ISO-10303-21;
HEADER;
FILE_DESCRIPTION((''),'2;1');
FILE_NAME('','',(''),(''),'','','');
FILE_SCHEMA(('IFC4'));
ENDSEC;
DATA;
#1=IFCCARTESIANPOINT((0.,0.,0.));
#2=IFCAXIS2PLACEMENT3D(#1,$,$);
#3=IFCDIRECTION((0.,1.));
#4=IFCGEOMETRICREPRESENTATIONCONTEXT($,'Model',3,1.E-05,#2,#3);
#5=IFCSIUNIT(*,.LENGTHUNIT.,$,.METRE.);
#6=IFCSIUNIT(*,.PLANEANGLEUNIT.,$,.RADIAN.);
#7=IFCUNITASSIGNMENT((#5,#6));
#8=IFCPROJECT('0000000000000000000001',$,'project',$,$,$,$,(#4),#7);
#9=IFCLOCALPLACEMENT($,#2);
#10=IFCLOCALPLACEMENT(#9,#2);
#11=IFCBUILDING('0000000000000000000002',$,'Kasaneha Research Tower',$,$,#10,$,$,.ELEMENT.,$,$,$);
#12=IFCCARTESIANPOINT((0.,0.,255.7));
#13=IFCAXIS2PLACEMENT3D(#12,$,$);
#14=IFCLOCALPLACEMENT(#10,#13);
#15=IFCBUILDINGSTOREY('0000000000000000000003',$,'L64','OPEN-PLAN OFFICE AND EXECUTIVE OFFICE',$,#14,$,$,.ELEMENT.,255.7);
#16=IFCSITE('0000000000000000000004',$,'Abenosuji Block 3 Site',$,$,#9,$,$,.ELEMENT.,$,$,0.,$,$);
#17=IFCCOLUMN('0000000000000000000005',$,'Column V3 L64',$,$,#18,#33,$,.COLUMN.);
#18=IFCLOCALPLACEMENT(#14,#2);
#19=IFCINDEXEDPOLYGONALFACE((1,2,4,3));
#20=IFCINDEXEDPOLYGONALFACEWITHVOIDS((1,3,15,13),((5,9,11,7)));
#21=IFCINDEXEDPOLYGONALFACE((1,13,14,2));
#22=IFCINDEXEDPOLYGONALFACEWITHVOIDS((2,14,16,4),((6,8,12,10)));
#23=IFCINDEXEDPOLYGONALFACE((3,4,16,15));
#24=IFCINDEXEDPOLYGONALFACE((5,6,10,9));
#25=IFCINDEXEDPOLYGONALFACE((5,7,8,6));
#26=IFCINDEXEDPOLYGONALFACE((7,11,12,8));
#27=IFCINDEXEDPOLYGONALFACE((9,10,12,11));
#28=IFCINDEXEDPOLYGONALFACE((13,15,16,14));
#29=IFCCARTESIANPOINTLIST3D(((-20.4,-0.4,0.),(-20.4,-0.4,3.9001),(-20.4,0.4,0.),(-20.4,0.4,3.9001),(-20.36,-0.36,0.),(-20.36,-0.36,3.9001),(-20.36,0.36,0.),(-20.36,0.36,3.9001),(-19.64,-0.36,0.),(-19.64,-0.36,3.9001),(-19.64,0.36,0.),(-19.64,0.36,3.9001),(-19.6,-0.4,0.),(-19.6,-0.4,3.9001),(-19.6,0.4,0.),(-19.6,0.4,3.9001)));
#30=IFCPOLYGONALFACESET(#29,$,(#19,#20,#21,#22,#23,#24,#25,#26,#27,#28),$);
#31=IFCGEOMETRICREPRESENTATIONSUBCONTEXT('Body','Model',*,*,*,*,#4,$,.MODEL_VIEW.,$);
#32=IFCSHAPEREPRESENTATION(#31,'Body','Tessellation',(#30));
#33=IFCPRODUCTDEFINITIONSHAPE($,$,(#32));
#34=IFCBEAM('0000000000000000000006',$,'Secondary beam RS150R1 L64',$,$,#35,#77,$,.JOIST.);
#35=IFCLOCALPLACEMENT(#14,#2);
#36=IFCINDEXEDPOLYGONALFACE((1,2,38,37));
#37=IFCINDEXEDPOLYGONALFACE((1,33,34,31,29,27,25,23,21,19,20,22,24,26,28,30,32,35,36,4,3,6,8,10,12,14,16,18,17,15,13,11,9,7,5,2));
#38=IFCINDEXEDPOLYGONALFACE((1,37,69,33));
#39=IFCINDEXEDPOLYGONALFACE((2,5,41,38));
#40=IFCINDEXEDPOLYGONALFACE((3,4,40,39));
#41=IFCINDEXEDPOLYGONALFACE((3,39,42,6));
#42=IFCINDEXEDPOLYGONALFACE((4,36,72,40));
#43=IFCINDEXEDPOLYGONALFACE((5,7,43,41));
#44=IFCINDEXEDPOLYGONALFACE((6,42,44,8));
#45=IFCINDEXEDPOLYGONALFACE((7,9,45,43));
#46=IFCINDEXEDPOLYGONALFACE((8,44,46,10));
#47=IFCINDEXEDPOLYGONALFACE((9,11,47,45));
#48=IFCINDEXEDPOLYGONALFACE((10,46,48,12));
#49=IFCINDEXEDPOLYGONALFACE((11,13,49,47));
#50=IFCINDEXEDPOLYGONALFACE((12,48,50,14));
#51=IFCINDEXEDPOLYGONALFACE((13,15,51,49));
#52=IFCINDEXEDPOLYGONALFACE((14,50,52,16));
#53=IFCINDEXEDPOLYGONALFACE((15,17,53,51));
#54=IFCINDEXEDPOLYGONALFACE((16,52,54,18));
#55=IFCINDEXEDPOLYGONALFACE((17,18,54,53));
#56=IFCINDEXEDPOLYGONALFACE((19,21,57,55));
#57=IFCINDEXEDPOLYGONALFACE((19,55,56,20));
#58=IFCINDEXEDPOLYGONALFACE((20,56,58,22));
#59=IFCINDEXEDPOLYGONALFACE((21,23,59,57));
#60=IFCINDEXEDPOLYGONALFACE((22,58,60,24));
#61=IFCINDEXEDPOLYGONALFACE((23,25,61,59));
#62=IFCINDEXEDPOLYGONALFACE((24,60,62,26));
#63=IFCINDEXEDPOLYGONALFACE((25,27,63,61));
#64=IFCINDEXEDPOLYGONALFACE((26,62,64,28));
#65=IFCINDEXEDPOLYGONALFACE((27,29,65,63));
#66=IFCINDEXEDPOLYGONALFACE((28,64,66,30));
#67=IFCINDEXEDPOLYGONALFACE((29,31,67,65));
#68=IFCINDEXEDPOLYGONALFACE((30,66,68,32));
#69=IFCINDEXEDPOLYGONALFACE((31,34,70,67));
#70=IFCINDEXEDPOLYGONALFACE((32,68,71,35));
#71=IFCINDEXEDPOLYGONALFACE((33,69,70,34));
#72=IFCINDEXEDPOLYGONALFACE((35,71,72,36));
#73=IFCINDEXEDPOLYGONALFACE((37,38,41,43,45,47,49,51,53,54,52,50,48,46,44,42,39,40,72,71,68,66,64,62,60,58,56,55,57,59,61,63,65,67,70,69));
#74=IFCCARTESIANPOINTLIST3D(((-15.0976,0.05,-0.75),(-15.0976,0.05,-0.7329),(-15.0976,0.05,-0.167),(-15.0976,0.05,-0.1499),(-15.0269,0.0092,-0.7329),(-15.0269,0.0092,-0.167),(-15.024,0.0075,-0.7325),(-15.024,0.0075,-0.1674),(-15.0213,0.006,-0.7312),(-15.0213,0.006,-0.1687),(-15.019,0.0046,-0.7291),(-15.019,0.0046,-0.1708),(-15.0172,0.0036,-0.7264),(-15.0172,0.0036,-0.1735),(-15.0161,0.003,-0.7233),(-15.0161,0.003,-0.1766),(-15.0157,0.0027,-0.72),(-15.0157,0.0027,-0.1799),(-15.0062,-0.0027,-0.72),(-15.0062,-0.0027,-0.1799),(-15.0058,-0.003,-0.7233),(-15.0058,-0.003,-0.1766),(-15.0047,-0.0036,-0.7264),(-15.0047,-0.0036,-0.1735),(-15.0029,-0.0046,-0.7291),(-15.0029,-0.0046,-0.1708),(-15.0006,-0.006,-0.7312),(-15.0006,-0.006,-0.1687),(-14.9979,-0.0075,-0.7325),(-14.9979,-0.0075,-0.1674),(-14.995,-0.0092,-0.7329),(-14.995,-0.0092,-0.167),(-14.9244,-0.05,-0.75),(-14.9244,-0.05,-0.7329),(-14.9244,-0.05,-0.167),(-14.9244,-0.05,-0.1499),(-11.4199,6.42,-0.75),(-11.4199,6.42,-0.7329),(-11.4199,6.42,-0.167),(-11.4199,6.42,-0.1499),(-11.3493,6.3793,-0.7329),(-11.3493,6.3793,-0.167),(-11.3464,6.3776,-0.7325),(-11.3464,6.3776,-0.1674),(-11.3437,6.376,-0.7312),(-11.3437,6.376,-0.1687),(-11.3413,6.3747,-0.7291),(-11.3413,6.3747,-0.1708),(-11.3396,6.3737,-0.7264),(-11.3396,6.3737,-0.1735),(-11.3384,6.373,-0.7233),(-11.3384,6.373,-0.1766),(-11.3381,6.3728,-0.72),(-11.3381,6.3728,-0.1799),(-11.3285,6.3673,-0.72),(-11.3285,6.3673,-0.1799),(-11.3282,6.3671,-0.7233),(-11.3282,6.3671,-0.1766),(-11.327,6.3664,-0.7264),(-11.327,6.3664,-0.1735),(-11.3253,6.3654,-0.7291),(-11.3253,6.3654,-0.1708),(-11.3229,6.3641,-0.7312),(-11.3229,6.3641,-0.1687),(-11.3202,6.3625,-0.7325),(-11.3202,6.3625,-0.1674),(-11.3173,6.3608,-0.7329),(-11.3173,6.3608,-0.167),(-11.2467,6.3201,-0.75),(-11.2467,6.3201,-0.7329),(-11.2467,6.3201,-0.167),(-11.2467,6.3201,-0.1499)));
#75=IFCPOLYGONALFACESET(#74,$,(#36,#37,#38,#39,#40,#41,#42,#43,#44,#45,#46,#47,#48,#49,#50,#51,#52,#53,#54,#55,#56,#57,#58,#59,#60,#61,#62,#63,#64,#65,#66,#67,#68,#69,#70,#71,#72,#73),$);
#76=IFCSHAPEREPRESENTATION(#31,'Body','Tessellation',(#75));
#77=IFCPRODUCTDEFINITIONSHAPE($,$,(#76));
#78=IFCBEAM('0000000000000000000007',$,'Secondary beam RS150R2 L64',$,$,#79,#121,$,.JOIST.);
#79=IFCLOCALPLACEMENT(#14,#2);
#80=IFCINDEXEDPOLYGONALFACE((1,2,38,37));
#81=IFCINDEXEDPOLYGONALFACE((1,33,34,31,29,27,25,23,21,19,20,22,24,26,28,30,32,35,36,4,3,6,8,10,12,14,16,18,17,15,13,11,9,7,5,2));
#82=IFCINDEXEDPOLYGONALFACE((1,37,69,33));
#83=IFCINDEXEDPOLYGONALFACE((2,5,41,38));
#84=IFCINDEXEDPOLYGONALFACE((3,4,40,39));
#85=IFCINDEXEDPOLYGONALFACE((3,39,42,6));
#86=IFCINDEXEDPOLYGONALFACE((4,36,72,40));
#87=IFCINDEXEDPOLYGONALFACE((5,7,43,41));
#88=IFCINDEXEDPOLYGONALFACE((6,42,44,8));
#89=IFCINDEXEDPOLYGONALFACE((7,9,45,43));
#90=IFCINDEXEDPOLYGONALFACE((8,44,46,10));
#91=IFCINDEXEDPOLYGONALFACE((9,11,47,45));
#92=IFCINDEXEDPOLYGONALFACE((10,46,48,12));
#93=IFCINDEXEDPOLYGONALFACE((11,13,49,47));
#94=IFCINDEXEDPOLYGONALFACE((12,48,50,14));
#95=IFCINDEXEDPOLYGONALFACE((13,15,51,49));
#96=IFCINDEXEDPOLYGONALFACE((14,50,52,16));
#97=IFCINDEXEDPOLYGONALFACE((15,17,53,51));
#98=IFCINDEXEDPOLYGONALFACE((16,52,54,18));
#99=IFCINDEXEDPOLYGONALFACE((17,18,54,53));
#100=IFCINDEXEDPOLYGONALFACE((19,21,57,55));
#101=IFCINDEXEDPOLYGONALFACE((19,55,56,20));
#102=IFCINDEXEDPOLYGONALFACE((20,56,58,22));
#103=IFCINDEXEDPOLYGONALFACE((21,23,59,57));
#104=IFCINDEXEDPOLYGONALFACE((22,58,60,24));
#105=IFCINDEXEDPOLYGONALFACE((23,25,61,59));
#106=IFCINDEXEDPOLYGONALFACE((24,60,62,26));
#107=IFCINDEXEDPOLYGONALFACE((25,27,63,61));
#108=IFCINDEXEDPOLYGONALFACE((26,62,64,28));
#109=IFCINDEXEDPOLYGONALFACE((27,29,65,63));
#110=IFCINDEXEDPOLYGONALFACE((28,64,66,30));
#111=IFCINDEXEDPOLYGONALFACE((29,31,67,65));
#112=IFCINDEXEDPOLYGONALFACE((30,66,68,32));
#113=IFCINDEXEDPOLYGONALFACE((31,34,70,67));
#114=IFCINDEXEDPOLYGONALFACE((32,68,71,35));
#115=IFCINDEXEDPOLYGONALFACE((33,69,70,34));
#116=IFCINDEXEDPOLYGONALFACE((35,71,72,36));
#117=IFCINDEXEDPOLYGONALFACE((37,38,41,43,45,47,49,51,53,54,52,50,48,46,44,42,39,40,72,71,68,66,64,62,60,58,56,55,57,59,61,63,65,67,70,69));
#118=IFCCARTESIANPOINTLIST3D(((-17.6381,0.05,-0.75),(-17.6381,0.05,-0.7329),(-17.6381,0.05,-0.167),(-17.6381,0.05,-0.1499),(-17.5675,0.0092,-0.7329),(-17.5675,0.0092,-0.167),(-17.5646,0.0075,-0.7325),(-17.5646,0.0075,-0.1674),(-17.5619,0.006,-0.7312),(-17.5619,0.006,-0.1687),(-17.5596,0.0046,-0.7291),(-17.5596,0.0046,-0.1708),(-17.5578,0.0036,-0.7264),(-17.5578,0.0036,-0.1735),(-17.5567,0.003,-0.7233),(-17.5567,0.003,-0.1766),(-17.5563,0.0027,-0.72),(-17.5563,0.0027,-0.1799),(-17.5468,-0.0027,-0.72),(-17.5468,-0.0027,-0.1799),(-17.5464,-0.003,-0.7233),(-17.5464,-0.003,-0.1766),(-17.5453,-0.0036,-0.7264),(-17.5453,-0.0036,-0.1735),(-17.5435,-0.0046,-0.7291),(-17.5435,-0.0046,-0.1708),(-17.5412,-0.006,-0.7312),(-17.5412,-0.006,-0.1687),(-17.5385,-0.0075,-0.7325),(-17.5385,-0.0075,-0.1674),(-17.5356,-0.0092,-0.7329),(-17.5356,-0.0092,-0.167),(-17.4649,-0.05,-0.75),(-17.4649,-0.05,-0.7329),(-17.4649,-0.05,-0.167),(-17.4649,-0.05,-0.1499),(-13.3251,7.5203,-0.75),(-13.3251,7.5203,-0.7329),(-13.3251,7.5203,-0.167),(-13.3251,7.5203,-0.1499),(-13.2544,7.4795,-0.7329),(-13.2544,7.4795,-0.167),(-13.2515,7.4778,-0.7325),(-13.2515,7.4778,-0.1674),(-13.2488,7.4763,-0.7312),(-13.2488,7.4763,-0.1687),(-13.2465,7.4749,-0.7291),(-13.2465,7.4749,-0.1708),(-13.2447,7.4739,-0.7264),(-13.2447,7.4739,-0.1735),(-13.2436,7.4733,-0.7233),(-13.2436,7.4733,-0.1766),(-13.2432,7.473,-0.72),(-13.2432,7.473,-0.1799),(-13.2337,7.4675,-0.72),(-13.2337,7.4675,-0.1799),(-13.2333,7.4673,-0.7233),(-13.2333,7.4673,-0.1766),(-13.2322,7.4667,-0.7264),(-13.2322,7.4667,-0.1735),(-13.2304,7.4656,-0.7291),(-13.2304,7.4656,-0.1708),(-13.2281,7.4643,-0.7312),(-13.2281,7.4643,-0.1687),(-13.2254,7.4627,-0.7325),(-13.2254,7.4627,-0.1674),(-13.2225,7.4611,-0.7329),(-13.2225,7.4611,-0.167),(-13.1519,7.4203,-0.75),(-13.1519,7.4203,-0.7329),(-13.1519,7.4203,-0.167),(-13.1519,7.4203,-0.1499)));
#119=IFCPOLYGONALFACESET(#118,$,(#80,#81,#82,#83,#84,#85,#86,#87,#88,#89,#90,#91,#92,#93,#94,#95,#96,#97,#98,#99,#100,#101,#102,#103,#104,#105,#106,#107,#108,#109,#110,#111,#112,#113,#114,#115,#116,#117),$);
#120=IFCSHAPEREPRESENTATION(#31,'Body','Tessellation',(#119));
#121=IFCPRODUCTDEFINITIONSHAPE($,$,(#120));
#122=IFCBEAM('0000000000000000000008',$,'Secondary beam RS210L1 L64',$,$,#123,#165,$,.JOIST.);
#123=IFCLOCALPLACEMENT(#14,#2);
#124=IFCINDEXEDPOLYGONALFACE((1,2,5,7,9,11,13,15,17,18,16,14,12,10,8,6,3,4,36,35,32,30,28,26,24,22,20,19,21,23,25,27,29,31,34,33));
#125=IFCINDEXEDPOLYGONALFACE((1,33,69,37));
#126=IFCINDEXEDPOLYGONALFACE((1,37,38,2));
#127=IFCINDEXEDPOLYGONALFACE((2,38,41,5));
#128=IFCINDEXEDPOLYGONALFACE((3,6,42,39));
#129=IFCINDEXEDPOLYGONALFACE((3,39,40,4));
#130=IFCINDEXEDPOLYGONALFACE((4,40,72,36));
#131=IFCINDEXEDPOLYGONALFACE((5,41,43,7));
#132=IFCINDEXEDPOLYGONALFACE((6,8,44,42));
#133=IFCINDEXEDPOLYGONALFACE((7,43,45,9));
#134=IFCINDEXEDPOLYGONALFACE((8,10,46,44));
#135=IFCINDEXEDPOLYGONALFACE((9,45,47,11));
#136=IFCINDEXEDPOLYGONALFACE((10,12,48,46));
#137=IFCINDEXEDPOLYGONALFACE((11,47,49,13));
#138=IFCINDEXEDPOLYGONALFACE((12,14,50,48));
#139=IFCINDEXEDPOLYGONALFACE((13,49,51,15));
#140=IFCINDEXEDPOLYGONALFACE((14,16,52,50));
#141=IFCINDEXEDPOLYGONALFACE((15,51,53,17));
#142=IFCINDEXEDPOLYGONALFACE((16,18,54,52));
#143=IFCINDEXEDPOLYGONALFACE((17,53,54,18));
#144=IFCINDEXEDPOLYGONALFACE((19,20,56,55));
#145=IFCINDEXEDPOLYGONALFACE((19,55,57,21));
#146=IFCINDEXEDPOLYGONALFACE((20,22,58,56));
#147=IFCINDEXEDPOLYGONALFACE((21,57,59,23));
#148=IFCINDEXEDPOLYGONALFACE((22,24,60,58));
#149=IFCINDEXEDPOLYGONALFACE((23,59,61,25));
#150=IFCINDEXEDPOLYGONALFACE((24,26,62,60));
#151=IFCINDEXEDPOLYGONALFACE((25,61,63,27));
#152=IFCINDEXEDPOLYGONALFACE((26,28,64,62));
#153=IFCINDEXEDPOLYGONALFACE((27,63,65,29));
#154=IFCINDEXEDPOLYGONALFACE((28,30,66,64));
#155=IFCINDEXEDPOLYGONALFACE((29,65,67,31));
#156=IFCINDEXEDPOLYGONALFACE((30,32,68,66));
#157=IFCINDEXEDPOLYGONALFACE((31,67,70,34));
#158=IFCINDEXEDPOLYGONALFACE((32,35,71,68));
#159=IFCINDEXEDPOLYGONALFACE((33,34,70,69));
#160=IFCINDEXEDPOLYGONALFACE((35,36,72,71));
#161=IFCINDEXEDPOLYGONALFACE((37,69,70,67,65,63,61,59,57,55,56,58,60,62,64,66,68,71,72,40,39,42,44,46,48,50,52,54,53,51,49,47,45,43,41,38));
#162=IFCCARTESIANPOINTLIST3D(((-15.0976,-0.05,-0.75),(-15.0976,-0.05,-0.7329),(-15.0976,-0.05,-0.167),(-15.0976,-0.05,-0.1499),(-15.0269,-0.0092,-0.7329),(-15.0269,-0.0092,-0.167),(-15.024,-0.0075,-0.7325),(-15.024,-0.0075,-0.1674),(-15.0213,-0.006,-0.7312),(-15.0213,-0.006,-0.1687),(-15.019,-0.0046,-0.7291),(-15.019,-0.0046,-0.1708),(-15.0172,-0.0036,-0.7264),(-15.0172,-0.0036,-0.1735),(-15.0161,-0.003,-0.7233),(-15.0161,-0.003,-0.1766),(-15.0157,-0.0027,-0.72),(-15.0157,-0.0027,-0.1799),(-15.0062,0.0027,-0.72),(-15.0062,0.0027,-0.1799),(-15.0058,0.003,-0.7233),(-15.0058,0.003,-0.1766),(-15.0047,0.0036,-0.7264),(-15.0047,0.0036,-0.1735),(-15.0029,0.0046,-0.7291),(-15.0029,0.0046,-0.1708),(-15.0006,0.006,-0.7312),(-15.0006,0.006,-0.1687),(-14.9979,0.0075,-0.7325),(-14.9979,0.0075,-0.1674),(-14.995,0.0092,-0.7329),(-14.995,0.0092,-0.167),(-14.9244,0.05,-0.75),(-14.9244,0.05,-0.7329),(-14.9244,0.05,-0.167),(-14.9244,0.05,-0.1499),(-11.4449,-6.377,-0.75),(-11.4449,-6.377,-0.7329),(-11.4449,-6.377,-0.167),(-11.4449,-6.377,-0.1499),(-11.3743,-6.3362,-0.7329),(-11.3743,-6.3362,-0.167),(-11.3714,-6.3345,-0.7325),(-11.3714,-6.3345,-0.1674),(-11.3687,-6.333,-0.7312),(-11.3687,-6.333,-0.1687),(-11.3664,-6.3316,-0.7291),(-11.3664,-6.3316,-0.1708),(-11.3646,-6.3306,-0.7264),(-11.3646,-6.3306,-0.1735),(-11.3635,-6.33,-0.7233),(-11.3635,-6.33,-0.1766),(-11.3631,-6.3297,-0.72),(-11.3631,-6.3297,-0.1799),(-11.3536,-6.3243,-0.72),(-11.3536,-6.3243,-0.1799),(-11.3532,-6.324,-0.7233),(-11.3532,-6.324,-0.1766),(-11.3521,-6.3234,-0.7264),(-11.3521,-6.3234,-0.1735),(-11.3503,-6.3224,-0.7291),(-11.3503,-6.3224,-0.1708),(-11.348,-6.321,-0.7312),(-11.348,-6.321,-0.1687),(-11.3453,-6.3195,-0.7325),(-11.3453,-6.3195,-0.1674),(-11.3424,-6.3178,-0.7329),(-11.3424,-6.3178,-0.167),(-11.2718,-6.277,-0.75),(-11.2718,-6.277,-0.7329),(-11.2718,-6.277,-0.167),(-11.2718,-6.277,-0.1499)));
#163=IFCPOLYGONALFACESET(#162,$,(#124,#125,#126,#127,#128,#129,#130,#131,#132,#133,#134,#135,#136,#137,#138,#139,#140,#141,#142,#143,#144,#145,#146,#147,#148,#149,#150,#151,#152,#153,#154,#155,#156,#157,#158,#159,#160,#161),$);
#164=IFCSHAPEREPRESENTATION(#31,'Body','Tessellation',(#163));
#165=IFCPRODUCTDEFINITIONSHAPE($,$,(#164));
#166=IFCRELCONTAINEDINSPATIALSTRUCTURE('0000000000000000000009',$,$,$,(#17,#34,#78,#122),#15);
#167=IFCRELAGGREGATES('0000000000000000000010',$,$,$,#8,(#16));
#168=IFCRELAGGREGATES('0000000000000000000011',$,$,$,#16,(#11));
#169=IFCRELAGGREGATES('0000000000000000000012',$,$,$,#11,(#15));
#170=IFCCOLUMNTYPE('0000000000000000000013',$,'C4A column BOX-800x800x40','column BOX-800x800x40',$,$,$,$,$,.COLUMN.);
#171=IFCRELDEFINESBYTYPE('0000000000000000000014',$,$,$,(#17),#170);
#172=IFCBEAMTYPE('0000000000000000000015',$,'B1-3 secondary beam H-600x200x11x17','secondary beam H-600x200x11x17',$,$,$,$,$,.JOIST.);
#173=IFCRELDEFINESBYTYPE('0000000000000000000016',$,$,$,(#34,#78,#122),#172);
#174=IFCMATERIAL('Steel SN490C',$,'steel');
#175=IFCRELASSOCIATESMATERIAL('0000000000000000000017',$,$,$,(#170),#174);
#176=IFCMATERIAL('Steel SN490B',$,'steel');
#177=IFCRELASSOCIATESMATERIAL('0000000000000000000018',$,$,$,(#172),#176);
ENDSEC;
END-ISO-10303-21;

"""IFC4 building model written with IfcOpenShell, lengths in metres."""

from ifc_helpers import new_model, si_unit, direction, frame, origin, origin_2d, place, context, subcontext, project, spatial, hollow_rectangle, i_section, extrude, material, material_profile, profile_set, type_object, element, save


model = new_model("IFC4")

# Units and contexts
model_context = context("Model", 3, precision=1e-05, world=origin(), true_north=direction((0.0, 1.0)))
body_context = subcontext(model_context, "Body", "Model", "MODEL_VIEW")
ifc_project = project(units=[si_unit("LENGTHUNIT", "METRE"), si_unit("PLANEANGLEUNIT", "RADIAN")], contexts=[model_context])

# Site, building, storey
site_placement = place(None, origin())
site = spatial("IfcSite", under=ifc_project, at=site_placement, Name="Abenosuji Block 3 Site", CompositionType="ELEMENT", RefElevation=0.0)
building_placement = place(site_placement, origin())
building = spatial("IfcBuilding", under=site, at=building_placement, Name="Kasaneha Research Tower", CompositionType="ELEMENT")
storey_placement = place(building_placement, frame((0.0, 0.0, 255.7)))
storey = spatial("IfcBuildingStorey", under=building, at=storey_placement, Name="L64", Description="OPEN-PLAN OFFICE AND EXECUTIVE OFFICE", CompositionType="ELEMENT", Elevation=255.7)

# Column
ifc_material_1 = material(Name="Steel SN490C", Category="steel")
ifc_material_profile_1 = material_profile(ifc_material_1, hollow_rectangle(XDim=0.8, YDim=0.8, WallThickness=0.04, at=origin_2d()), Name="BOX-800x800x40")
ifc_profile_set_1 = profile_set([ifc_material_profile_1], Name="Steel SN490C")
column_type = type_object("IfcColumnType", Name="C4A column BOX-800x800x40", Description="column BOX-800x800x40", PredefinedType="COLUMN", material=ifc_profile_set_1)
column_placement = place(storey_placement, frame((-20.0, 0.0, 0.0), z_axis=(0.0, 0.0, 1.0), x_axis=(1.0, 0.0, 0.0)))
element("IfcColumn", 1, at=column_placement, inside=storey, type_object=column_type, Name="Column V3 L64", PredefinedType="COLUMN", context=body_context, shape_type="SweptSolid", body=[
    extrude(hollow_rectangle(XDim=0.8, YDim=0.8, WallThickness=0.04, at=origin_2d()), origin(), (0.0, 0.0, 1.0), 3.9001),
])

# Beams
ifc_material_2 = material(Name="Steel SN490B", Category="steel")
ifc_material_profile_2 = material_profile(ifc_material_2, i_section(OverallWidth=0.2, OverallDepth=0.6001, WebThickness=0.011, FlangeThickness=0.0171, FilletRadius=0.0129, at=origin_2d()), Name="H-600x200x11x17")
ifc_profile_set_2 = profile_set([ifc_material_profile_2], Name="Steel SN490B")
beam_type_1 = type_object("IfcBeamType", Name="B1-3 secondary beam H-600x200x11x17", Description="secondary beam H-600x200x11x17", PredefinedType="JOIST", material=ifc_profile_set_2)
beam_1_placement = place(storey_placement, frame((-15.011, 0.0, -0.45), z_axis=(0.499994, 0.866029, 0.0), x_axis=(-0.866029, 0.499994, 0.0)))
element("IfcBeam", 2, at=beam_1_placement, inside=storey, type_object=beam_type_1, Name="Secondary beam RS150R1 L64", PredefinedType="JOIST", context=body_context, shape_type="SweptSolid", body=[
    extrude(i_section(OverallWidth=0.2, OverallDepth=0.6001, WebThickness=0.011, FlangeThickness=0.0171, FilletRadius=0.0129, at=origin_2d()), origin(), (0.0, 0.0, 1.0), 7.3555),
])
beam_2_placement = place(storey_placement, frame((-17.5515, 0.0, -0.45), z_axis=(0.500005, 0.866023, 0.0), x_axis=(-0.866023, 0.500005, 0.0)))
element("IfcBeam", 3, at=beam_2_placement, inside=storey, type_object=beam_type_1, Name="Secondary beam RS150R2 L64", PredefinedType="JOIST", context=body_context, shape_type="SweptSolid", body=[
    extrude(i_section(OverallWidth=0.2, OverallDepth=0.6001, WebThickness=0.011, FlangeThickness=0.0171, FilletRadius=0.0129, at=origin_2d()), origin(), (0.0, 0.0, 1.0), 8.626),
])
beam_3_placement = place(storey_placement, frame((-15.011, 0.0, -0.45), z_axis=(0.499974, -0.86604, 0.0), x_axis=(0.86604, 0.499974, 0.0)))
element("IfcBeam", 4, at=beam_3_placement, inside=storey, type_object=beam_type_1, Name="Secondary beam RS210L1 L64", PredefinedType="JOIST", context=body_context, shape_type="SweptSolid", body=[
    extrude(i_section(OverallWidth=0.2, OverallDepth=0.6001, WebThickness=0.011, FlangeThickness=0.0171, FilletRadius=0.0129, at=origin_2d()), origin(), (0.0, 0.0, 1.0), 7.3057),
])

save(model, "model.ifc")
